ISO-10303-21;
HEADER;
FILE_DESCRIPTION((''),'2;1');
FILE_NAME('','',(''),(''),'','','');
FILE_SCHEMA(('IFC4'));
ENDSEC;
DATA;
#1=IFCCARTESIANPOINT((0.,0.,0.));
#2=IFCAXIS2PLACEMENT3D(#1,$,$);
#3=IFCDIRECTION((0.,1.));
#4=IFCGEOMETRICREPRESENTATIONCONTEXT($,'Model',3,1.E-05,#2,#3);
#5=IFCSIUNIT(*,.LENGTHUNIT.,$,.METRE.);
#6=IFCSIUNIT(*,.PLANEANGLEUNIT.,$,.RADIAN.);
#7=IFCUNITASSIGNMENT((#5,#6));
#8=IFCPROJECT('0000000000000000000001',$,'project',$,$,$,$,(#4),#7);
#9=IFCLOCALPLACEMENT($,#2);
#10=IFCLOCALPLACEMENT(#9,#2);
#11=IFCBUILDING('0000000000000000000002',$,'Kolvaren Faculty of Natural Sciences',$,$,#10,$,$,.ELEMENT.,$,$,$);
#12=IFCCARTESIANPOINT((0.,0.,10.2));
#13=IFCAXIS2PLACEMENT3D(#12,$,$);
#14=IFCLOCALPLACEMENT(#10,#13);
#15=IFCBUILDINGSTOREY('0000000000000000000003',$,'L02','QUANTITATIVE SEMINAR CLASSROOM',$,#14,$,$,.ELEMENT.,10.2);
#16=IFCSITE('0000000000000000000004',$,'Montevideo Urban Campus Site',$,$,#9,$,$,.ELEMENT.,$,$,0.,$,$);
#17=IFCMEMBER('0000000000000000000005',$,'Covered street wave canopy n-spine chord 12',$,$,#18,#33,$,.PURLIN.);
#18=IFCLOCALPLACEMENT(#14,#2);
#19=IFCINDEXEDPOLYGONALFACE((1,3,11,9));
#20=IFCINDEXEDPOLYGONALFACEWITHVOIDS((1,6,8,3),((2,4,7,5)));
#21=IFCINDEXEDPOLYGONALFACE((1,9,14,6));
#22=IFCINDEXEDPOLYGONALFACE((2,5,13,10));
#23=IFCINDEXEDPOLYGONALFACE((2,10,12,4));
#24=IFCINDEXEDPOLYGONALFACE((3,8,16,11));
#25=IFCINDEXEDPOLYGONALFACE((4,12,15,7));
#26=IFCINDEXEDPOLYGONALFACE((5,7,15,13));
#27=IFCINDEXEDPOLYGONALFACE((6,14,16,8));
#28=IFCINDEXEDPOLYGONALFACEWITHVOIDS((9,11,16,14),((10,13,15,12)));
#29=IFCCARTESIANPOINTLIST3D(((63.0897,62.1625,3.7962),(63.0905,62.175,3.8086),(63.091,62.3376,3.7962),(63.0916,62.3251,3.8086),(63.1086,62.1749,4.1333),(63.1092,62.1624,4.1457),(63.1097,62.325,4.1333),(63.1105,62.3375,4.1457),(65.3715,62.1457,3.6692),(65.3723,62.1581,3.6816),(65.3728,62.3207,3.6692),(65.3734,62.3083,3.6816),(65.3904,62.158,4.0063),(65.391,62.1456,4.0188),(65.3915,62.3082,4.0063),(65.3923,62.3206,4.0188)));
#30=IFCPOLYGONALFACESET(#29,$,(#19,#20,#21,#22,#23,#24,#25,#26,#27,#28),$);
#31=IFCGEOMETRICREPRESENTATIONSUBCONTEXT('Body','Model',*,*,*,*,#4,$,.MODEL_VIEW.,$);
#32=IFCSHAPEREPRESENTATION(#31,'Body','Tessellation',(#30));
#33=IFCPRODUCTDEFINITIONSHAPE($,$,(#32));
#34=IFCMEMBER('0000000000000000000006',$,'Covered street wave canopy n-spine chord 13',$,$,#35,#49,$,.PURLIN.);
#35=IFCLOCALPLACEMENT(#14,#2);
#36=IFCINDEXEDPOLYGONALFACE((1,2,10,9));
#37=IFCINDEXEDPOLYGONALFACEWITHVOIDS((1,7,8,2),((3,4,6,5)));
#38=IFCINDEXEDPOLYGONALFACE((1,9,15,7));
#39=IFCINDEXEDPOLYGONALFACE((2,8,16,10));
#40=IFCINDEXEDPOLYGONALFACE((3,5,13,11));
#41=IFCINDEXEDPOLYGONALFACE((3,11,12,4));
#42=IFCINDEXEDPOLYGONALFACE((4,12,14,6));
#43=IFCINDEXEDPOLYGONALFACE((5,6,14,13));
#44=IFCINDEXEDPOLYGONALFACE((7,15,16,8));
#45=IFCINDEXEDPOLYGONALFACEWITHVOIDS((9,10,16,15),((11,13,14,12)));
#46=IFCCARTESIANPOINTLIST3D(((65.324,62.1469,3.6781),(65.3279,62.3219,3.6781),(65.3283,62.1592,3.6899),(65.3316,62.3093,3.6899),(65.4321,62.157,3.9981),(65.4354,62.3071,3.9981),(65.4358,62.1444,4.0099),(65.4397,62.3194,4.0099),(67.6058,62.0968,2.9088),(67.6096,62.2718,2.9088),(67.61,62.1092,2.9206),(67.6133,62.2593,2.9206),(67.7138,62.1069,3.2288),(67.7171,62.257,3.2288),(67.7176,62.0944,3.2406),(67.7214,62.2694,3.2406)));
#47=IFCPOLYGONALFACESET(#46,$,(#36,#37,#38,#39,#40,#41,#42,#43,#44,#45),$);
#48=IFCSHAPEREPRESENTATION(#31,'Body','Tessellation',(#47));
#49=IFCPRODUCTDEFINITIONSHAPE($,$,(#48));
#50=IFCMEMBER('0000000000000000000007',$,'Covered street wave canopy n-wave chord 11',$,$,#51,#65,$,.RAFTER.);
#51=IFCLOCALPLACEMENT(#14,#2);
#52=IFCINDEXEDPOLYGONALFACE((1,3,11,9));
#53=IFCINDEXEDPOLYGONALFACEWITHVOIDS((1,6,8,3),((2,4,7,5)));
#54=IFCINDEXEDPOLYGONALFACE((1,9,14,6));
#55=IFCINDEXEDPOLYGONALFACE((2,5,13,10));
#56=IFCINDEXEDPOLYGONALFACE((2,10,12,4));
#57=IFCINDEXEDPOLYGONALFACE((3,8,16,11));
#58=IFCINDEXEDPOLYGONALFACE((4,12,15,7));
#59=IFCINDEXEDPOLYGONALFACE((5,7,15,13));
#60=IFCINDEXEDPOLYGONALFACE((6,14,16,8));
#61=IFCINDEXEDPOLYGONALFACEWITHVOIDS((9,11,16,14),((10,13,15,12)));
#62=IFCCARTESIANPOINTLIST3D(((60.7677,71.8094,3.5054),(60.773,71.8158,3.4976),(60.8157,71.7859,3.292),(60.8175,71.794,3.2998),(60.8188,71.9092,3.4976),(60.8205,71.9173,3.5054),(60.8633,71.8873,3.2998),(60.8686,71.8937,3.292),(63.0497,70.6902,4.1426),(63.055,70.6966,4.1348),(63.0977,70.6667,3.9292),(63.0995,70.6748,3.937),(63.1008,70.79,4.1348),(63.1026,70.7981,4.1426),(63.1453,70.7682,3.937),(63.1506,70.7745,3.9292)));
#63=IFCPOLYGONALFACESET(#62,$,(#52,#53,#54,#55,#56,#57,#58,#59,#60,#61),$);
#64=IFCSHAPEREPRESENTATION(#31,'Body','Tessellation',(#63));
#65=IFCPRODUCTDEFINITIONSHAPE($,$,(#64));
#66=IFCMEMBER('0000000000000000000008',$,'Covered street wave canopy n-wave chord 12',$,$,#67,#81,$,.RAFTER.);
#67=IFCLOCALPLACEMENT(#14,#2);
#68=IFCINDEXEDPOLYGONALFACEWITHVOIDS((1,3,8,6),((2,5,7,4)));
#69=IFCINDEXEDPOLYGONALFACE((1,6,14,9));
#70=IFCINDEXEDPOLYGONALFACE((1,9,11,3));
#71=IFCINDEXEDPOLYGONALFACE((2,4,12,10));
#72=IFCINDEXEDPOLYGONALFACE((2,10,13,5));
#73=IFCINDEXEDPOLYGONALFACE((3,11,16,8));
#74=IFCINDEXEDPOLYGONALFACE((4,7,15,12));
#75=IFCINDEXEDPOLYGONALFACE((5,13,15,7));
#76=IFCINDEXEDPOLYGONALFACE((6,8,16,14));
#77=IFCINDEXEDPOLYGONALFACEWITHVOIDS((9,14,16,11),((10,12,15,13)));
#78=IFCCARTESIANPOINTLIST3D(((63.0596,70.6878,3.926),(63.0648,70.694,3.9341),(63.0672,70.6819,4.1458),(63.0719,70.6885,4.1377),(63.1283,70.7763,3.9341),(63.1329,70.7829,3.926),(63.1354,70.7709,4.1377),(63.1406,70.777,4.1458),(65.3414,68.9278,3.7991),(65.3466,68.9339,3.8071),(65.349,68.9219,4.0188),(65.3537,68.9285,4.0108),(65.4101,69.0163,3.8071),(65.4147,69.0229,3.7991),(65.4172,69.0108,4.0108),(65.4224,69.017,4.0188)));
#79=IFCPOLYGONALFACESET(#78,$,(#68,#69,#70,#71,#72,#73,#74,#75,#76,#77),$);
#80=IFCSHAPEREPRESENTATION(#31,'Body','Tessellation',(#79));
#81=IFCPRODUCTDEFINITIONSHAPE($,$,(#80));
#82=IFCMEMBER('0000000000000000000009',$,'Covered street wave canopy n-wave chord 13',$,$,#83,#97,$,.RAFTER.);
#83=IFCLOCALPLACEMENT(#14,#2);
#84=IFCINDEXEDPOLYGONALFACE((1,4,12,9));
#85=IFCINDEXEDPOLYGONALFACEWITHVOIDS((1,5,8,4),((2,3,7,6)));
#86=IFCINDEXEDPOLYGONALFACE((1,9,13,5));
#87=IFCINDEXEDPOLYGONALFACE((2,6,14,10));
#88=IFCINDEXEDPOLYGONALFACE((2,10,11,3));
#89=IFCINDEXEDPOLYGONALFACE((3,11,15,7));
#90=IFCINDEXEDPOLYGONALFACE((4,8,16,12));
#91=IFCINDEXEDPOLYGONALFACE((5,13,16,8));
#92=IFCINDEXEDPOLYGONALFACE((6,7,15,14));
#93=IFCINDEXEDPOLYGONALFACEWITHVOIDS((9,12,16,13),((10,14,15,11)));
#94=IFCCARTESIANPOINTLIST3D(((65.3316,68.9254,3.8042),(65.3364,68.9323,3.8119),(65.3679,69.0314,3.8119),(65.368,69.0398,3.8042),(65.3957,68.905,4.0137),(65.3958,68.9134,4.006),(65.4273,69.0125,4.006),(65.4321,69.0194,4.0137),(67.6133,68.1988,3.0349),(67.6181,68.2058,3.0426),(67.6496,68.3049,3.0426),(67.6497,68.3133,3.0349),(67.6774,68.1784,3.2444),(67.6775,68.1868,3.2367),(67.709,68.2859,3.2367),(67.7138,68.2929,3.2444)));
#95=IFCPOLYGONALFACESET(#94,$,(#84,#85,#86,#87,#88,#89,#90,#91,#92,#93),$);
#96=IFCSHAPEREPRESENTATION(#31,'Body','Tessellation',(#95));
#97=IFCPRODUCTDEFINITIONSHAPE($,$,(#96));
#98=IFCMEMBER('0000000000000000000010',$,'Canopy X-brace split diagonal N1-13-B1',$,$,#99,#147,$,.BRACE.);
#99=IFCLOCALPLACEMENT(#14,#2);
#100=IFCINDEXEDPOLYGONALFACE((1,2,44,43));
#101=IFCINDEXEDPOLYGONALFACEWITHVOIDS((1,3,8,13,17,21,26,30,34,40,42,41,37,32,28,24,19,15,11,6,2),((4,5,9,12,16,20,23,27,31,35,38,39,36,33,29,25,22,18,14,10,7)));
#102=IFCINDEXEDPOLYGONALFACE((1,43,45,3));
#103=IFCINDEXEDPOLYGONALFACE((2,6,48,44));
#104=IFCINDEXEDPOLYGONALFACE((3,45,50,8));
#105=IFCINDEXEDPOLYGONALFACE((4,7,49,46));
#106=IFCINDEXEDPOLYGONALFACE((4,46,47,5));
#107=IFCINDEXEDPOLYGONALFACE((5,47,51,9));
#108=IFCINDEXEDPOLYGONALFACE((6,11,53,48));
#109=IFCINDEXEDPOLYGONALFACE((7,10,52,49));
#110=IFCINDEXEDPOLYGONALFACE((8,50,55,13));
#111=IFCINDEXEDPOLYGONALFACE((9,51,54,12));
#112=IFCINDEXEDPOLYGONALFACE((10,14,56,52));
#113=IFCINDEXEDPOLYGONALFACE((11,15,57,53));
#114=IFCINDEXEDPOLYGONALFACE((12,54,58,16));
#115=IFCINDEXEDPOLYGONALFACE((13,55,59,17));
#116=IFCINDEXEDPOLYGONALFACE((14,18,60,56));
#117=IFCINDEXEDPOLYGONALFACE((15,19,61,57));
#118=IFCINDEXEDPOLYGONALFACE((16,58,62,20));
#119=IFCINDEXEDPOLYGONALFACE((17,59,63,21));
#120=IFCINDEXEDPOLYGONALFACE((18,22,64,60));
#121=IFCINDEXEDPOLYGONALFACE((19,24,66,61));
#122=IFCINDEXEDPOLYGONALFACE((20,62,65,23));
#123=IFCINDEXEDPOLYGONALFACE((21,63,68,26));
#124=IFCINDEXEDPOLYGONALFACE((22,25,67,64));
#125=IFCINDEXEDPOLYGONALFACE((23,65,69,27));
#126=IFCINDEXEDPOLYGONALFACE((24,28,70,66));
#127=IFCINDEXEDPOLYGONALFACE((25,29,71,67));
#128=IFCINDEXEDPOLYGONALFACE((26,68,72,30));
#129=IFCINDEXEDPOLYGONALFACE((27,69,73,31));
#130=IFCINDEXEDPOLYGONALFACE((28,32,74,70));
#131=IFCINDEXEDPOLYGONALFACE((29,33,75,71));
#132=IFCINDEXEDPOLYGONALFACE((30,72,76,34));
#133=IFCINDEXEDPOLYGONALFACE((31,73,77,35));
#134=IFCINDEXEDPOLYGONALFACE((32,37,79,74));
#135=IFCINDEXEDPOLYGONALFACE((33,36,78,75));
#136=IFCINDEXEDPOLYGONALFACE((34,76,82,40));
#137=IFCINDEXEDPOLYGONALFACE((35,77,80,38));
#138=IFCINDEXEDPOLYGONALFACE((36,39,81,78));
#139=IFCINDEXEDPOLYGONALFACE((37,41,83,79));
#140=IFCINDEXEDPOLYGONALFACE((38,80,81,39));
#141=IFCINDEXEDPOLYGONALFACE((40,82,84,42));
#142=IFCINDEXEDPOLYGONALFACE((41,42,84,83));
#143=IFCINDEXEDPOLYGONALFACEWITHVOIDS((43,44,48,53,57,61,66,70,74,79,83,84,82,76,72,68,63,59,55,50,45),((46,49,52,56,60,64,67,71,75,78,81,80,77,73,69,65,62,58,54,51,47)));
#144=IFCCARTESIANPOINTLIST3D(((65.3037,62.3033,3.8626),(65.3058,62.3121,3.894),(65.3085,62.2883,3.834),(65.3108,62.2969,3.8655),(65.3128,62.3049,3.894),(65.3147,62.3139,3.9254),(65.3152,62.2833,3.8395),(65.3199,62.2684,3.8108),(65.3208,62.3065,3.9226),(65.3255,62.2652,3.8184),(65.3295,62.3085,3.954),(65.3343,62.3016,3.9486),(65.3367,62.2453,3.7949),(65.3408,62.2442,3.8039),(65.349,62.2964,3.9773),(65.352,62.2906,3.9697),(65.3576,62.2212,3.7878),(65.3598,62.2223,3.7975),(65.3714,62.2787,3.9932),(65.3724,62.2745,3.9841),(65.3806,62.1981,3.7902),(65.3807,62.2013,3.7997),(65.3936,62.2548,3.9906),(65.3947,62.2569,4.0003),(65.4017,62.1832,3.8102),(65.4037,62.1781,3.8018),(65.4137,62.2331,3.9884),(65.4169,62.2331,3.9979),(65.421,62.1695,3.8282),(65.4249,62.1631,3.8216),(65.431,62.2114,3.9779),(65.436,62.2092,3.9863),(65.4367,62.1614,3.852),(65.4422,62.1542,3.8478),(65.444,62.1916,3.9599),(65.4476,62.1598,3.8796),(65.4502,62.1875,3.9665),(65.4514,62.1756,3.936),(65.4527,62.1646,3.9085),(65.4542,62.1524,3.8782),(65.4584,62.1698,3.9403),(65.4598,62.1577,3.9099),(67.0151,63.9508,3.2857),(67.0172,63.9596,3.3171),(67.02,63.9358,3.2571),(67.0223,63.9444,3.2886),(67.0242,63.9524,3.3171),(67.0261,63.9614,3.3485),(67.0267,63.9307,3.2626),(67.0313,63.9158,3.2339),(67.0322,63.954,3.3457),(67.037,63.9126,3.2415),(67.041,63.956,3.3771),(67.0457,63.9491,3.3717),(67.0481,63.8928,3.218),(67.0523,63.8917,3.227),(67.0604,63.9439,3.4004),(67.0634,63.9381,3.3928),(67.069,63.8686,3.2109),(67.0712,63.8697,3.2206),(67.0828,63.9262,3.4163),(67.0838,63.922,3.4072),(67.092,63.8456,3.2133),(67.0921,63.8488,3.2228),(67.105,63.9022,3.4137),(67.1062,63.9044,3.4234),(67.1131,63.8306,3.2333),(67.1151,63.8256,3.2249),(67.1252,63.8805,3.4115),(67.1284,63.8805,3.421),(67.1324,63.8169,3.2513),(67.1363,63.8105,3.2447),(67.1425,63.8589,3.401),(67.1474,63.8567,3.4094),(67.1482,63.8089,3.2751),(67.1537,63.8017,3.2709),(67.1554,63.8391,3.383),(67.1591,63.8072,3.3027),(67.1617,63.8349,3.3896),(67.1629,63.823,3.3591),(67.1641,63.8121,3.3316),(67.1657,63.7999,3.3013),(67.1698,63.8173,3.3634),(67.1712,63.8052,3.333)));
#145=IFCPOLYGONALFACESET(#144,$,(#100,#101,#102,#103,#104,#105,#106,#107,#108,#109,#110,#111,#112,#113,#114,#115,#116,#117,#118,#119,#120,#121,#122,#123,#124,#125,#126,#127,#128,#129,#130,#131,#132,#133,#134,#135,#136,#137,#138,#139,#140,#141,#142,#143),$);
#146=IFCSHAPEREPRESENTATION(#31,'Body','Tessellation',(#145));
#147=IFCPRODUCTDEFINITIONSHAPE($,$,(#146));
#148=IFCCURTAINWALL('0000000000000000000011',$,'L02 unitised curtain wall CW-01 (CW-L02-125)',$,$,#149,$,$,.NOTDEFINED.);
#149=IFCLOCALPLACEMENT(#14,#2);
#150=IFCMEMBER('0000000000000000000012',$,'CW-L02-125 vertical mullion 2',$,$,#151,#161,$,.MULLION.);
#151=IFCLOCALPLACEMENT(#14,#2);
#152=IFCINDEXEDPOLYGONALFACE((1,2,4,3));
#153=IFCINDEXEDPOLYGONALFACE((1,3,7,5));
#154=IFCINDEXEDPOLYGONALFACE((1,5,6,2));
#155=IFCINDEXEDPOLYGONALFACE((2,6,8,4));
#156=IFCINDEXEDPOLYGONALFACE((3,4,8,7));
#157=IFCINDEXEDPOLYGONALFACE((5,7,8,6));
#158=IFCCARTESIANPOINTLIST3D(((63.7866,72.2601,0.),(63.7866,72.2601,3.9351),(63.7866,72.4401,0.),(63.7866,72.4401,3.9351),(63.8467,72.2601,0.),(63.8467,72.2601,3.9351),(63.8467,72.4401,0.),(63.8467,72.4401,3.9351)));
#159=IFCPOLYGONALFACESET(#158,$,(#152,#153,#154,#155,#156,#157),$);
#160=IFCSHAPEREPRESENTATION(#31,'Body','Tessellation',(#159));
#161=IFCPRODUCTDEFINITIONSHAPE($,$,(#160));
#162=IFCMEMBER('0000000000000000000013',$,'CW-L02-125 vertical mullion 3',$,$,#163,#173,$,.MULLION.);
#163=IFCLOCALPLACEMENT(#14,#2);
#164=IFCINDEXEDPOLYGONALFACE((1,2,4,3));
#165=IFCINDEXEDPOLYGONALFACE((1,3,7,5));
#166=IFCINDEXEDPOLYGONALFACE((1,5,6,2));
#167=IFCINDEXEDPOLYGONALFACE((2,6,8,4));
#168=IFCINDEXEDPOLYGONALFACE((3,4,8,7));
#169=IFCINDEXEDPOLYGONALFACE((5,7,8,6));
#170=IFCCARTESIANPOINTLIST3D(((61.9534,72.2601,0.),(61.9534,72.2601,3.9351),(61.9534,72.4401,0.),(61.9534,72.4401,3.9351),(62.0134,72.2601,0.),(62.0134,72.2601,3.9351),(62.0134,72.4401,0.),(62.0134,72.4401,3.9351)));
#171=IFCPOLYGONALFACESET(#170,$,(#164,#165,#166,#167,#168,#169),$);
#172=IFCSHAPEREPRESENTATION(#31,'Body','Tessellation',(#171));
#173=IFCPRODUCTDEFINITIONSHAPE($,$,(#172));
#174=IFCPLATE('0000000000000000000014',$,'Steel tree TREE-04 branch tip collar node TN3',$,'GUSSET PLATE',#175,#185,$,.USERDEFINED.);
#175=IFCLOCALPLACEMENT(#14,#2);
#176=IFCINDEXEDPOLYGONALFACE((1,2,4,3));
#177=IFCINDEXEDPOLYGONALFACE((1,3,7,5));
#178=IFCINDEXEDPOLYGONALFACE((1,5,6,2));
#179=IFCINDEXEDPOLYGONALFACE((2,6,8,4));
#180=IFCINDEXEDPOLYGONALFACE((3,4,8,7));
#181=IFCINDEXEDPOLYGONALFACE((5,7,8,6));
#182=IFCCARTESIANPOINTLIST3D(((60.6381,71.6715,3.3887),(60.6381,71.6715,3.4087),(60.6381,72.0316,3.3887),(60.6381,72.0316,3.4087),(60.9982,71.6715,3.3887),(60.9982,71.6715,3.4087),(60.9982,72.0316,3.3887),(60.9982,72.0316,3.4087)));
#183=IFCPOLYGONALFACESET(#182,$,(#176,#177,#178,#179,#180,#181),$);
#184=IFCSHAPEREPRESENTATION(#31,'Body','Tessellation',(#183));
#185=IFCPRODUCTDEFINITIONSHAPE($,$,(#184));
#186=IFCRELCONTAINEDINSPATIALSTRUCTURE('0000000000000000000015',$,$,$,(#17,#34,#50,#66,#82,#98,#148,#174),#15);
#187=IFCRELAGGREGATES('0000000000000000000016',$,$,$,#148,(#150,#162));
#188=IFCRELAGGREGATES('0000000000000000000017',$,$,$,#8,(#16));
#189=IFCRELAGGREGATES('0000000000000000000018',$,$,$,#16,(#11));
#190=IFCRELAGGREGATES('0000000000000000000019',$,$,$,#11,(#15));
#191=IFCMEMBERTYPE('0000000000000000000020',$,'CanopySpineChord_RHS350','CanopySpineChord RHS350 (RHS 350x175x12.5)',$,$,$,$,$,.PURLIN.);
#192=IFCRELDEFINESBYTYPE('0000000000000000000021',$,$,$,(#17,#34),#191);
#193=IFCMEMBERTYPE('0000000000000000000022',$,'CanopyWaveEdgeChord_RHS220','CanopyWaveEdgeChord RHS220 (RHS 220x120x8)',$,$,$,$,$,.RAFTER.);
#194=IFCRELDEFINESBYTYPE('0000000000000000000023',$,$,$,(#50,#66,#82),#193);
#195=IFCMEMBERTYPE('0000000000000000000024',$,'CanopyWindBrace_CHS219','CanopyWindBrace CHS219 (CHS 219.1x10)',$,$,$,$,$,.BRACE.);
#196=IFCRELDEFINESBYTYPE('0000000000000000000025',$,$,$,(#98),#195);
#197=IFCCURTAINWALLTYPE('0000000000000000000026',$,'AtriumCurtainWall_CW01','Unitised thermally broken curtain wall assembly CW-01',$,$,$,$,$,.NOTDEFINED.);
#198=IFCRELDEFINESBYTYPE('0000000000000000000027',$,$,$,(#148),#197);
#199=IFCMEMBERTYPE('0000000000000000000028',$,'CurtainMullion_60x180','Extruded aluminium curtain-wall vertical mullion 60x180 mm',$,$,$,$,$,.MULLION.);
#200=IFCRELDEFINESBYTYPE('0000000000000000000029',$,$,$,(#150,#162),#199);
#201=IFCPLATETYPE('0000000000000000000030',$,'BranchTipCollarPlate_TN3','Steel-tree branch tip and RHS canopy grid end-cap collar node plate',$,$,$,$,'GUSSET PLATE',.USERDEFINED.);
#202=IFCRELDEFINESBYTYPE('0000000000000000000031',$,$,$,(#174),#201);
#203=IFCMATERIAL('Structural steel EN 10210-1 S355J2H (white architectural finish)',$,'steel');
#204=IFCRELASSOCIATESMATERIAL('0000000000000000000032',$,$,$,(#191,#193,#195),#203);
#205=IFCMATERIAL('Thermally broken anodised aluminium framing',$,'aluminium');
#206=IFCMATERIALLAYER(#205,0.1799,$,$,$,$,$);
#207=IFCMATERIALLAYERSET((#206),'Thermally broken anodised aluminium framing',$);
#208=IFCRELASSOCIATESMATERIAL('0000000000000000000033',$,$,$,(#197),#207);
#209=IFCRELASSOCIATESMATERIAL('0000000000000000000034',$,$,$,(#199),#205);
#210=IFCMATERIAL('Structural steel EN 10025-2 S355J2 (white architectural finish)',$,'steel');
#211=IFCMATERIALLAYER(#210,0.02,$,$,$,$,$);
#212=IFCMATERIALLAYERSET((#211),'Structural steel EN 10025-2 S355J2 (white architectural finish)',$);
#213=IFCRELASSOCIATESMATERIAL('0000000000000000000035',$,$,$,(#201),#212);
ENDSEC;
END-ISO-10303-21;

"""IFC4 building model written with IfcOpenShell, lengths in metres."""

from ifc_helpers import new_model, si_unit, direction, frame, origin, origin_2d, place, context, subcontext, project, spatial, rectangle, hollow_rectangle, hollow_circle, extrude, material, layer, layer_set, material_profile, profile_set, type_object, element, aggregate, save


model = new_model("IFC4")

# Units and contexts
model_context = context("Model", 3, precision=1e-05, world=origin(), true_north=direction((0.0, 1.0)))
body_context = subcontext(model_context, "Body", "Model", "MODEL_VIEW")
ifc_project = project(units=[si_unit("LENGTHUNIT", "METRE"), si_unit("PLANEANGLEUNIT", "RADIAN")], contexts=[model_context])

# Site, building, storey
site_placement = place(None, origin())
site = spatial("IfcSite", under=ifc_project, at=site_placement, Name="Montevideo Urban Campus Site", CompositionType="ELEMENT", RefElevation=0.0)
building_placement = place(site_placement, origin())
building = spatial("IfcBuilding", under=site, at=building_placement, Name="Kolvaren Faculty of Natural Sciences", CompositionType="ELEMENT")
storey_placement = place(building_placement, frame((0.0, 0.0, 10.2)))
storey = spatial("IfcBuildingStorey", under=building, at=storey_placement, Name="L02", Description="QUANTITATIVE SEMINAR CLASSROOM", CompositionType="ELEMENT", Elevation=10.2)

# Members
ifc_material_1 = material(Name="Structural steel EN 10210-1 S355J2H (white architectural finish)", Category="steel")
ifc_material_profile_1 = material_profile(ifc_material_1, hollow_rectangle(XDim=0.175, YDim=0.3501, WallThickness=0.0125, at=origin_2d()), Name="RHS 350x175x12.5")
ifc_profile_set_1 = profile_set([ifc_material_profile_1], Name="Structural steel EN 10210-1 S355J2H (white architectural finish)")
member_type_1 = type_object("IfcMemberType", Name="CanopySpineChord_RHS350", Description="CanopySpineChord RHS350 (RHS 350x175x12.5)", PredefinedType="PURLIN", material=ifc_profile_set_1)
member_1_placement = place(storey_placement, frame((63.1001, 62.25, 3.9709), z_axis=(0.998429, -0.007371, -0.055551), x_axis=(0.007383, 0.999973, 0.0)))
element("IfcMember", 1, at=member_1_placement, inside=storey, type_object=member_type_1, Name="Covered street wave canopy n-spine chord 12", PredefinedType="PURLIN", context=body_context, shape_type="SweptSolid", body=[
    extrude(hollow_rectangle(XDim=0.175, YDim=0.3501, WallThickness=0.0125, at=origin_2d()), origin(), (0.0, 0.0, 1.0), 2.2854),
])
member_2_placement = place(storey_placement, frame((65.3818, 62.2332, 3.844), z_axis=(0.947388, -0.020781, -0.319412), x_axis=(0.021929, 0.99976, 0.0)))
element("IfcMember", 2, at=member_2_placement, inside=storey, type_object=member_type_1, Name="Covered street wave canopy n-spine chord 13", PredefinedType="PURLIN", context=body_context, shape_type="SweptSolid", body=[
    extrude(hollow_rectangle(XDim=0.175, YDim=0.3501, WallThickness=0.0125, at=origin_2d()), origin(), (0.0, 0.0, 1.0), 2.4084),
])
ifc_material_profile_2 = material_profile(ifc_material_1, hollow_rectangle(XDim=0.1201, YDim=0.22, WallThickness=0.0081, at=origin_2d()), Name="RHS 220x120x8")
ifc_profile_set_2 = profile_set([ifc_material_profile_2], Name="Structural steel EN 10210-1 S355J2H (white architectural finish)")
member_type_2 = type_object("IfcMemberType", Name="CanopyWaveEdgeChord_RHS220", Description="CanopyWaveEdgeChord RHS220 (RHS 220x120x8)", PredefinedType="RAFTER", material=ifc_profile_set_2)
member_3_placement = place(storey_placement, frame((60.8181, 71.8516, 3.3987), z_axis=(0.870887, -0.427105, 0.243181), x_axis=(0.440323, 0.89784, 0.0)))
element("IfcMember", 3, at=member_3_placement, inside=storey, type_object=member_type_2, Name="Covered street wave canopy n-wave chord 11", PredefinedType="RAFTER", context=body_context, shape_type="SweptSolid", body=[
    extrude(hollow_rectangle(XDim=0.1201, YDim=0.22, WallThickness=0.0081, at=origin_2d()), origin(), (0.0, 0.0, 1.0), 2.6204),
])
member_4_placement = place(storey_placement, frame((63.1001, 70.7324, 4.0359), z_axis=(0.791047, -0.610171, -0.044013), x_axis=(0.610762, 0.791814, 0.0)))
element("IfcMember", 4, at=member_4_placement, inside=storey, type_object=member_type_2, Name="Covered street wave canopy n-wave chord 12", PredefinedType="RAFTER", context=body_context, shape_type="SweptSolid", body=[
    extrude(hollow_rectangle(XDim=0.1201, YDim=0.22, WallThickness=0.0081, at=origin_2d()), origin(), (0.0, 0.0, 1.0), 2.8845),
])
member_5_placement = place(storey_placement, frame((65.3818, 68.9724, 3.9089), z_axis=(0.907194, -0.288873, -0.30586), x_axis=(0.303414, 0.952859, 0.0)))
element("IfcMember", 5, at=member_5_placement, inside=storey, type_object=member_type_2, Name="Covered street wave canopy n-wave chord 13", PredefinedType="RAFTER", context=body_context, shape_type="SweptSolid", body=[
    extrude(hollow_rectangle(XDim=0.1201, YDim=0.22, WallThickness=0.0081, at=origin_2d()), origin(), (0.0, 0.0, 1.0), 2.5151),
])
ifc_material_profile_3 = material_profile(ifc_material_1, hollow_circle(Radius=0.1096, WallThickness=0.01, at=origin_2d()), Name="CHS 219.1x10")
ifc_profile_set_3 = profile_set([ifc_material_profile_3], Name="Structural steel EN 10210-1 S355J2H (white architectural finish)")
member_type_3 = type_object("IfcMemberType", Name="CanopyWindBrace_CHS219", Description="CanopyWindBrace CHS219 (CHS 219.1x10)", PredefinedType="BRACE", material=ifc_profile_set_3)
member_6_placement = place(storey_placement, frame((65.3818, 62.2332, 3.894), z_axis=(0.700093, 0.673927, -0.235994), x_axis=(-0.693515, 0.720442, 0.0)))
element("IfcMember", 6, at=member_6_placement, inside=storey, type_object=member_type_3, Name="Canopy X-brace split diagonal N1-13-B1", PredefinedType="BRACE", context=body_context, shape_type="SweptSolid", body=[
    extrude(hollow_circle(Radius=0.1096, WallThickness=0.01, at=origin_2d()), origin(), (0.0, 0.0, 1.0), 2.4446),
])

# Curtain wall, members
ifc_material_2 = material(Name="Thermally broken anodised aluminium framing", Category="aluminium")
ifc_layer_1 = layer(ifc_material_2, 0.1799)
ifc_layer_set_1 = layer_set([ifc_layer_1], Name="Thermally broken anodised aluminium framing")
curtain_wall_type = type_object("IfcCurtainWallType", Name="AtriumCurtainWall_CW01", Description="Unitised thermally broken curtain wall assembly CW-01", PredefinedType="NOTDEFINED", material=ifc_layer_set_1)
curtain_wall_placement = place(storey_placement, origin())
curtain_wall = element("IfcCurtainWall", 7, at=curtain_wall_placement, inside=storey, type_object=curtain_wall_type, Name="L02 unitised curtain wall CW-01 (CW-L02-125)", PredefinedType="NOTDEFINED")
ifc_material_profile_4 = material_profile(ifc_material_2, rectangle(XDim=0.0601, YDim=0.1799, at=origin_2d()), Name="ALU MUL 60x180")
ifc_profile_set_4 = profile_set([ifc_material_profile_4], Name="Thermally broken anodised aluminium framing")
member_type_4 = type_object("IfcMemberType", Name="CurtainMullion_60x180", Description="Extruded aluminium curtain-wall vertical mullion 60x180 mm", PredefinedType="MULLION", material=ifc_profile_set_4)
member_7_placement = place(storey_placement, frame((63.8167, 72.3501, 0.0), z_axis=(0.0, 0.0, 1.0), x_axis=(-1.0, 0.0, 0.0)))
member_7 = element("IfcMember", 8, at=member_7_placement, type_object=member_type_4, Name="CW-L02-125 vertical mullion 2", PredefinedType="MULLION", context=body_context, shape_type="SweptSolid", body=[
    extrude(rectangle(XDim=0.0601, YDim=0.1799, at=origin_2d()), origin(), (0.0, 0.0, 1.0), 3.9351),
])
member_8_placement = place(storey_placement, frame((61.9834, 72.3501, 0.0), z_axis=(0.0, 0.0, 1.0), x_axis=(-1.0, 0.0, 0.0)))
member_8 = element("IfcMember", 9, at=member_8_placement, type_object=member_type_4, Name="CW-L02-125 vertical mullion 3", PredefinedType="MULLION", context=body_context, shape_type="SweptSolid", body=[
    extrude(rectangle(XDim=0.0601, YDim=0.1799, at=origin_2d()), origin(), (0.0, 0.0, 1.0), 3.9351),
])

# Plate
ifc_material_3 = material(Name="Structural steel EN 10025-2 S355J2 (white architectural finish)", Category="steel")
ifc_layer_2 = layer(ifc_material_3, 0.02)
ifc_layer_set_2 = layer_set([ifc_layer_2], Name="Structural steel EN 10025-2 S355J2 (white architectural finish)")
plate_type_1 = type_object("IfcPlateType", Name="BranchTipCollarPlate_TN3", Description="Steel-tree branch tip and RHS canopy grid end-cap collar node plate", ElementType="GUSSET PLATE", PredefinedType="USERDEFINED", material=ifc_layer_set_2)
for number, where, z_axis, x_axis, name in (
    (10, (60.8181, 71.8516, 3.3887), (0.0, 0.0, 1.0), (1.0, 0.0, 0.0), "Steel tree TREE-04 branch tip collar node TN3"),
):
    element("IfcPlate", number, at=place(storey_placement, frame(where, z_axis=z_axis, x_axis=x_axis)), inside=storey, type_object=plate_type_1, Name=name, ObjectType="GUSSET PLATE", PredefinedType="USERDEFINED", context=body_context, shape_type="SweptSolid", body=[
        extrude(rectangle(XDim=0.3601, YDim=0.3601, at=origin_2d()), origin(), (0.0, 0.0, 1.0), 0.02),
    ])

aggregate(curtain_wall, [member_7, member_8])

save(model, "model.ifc")
